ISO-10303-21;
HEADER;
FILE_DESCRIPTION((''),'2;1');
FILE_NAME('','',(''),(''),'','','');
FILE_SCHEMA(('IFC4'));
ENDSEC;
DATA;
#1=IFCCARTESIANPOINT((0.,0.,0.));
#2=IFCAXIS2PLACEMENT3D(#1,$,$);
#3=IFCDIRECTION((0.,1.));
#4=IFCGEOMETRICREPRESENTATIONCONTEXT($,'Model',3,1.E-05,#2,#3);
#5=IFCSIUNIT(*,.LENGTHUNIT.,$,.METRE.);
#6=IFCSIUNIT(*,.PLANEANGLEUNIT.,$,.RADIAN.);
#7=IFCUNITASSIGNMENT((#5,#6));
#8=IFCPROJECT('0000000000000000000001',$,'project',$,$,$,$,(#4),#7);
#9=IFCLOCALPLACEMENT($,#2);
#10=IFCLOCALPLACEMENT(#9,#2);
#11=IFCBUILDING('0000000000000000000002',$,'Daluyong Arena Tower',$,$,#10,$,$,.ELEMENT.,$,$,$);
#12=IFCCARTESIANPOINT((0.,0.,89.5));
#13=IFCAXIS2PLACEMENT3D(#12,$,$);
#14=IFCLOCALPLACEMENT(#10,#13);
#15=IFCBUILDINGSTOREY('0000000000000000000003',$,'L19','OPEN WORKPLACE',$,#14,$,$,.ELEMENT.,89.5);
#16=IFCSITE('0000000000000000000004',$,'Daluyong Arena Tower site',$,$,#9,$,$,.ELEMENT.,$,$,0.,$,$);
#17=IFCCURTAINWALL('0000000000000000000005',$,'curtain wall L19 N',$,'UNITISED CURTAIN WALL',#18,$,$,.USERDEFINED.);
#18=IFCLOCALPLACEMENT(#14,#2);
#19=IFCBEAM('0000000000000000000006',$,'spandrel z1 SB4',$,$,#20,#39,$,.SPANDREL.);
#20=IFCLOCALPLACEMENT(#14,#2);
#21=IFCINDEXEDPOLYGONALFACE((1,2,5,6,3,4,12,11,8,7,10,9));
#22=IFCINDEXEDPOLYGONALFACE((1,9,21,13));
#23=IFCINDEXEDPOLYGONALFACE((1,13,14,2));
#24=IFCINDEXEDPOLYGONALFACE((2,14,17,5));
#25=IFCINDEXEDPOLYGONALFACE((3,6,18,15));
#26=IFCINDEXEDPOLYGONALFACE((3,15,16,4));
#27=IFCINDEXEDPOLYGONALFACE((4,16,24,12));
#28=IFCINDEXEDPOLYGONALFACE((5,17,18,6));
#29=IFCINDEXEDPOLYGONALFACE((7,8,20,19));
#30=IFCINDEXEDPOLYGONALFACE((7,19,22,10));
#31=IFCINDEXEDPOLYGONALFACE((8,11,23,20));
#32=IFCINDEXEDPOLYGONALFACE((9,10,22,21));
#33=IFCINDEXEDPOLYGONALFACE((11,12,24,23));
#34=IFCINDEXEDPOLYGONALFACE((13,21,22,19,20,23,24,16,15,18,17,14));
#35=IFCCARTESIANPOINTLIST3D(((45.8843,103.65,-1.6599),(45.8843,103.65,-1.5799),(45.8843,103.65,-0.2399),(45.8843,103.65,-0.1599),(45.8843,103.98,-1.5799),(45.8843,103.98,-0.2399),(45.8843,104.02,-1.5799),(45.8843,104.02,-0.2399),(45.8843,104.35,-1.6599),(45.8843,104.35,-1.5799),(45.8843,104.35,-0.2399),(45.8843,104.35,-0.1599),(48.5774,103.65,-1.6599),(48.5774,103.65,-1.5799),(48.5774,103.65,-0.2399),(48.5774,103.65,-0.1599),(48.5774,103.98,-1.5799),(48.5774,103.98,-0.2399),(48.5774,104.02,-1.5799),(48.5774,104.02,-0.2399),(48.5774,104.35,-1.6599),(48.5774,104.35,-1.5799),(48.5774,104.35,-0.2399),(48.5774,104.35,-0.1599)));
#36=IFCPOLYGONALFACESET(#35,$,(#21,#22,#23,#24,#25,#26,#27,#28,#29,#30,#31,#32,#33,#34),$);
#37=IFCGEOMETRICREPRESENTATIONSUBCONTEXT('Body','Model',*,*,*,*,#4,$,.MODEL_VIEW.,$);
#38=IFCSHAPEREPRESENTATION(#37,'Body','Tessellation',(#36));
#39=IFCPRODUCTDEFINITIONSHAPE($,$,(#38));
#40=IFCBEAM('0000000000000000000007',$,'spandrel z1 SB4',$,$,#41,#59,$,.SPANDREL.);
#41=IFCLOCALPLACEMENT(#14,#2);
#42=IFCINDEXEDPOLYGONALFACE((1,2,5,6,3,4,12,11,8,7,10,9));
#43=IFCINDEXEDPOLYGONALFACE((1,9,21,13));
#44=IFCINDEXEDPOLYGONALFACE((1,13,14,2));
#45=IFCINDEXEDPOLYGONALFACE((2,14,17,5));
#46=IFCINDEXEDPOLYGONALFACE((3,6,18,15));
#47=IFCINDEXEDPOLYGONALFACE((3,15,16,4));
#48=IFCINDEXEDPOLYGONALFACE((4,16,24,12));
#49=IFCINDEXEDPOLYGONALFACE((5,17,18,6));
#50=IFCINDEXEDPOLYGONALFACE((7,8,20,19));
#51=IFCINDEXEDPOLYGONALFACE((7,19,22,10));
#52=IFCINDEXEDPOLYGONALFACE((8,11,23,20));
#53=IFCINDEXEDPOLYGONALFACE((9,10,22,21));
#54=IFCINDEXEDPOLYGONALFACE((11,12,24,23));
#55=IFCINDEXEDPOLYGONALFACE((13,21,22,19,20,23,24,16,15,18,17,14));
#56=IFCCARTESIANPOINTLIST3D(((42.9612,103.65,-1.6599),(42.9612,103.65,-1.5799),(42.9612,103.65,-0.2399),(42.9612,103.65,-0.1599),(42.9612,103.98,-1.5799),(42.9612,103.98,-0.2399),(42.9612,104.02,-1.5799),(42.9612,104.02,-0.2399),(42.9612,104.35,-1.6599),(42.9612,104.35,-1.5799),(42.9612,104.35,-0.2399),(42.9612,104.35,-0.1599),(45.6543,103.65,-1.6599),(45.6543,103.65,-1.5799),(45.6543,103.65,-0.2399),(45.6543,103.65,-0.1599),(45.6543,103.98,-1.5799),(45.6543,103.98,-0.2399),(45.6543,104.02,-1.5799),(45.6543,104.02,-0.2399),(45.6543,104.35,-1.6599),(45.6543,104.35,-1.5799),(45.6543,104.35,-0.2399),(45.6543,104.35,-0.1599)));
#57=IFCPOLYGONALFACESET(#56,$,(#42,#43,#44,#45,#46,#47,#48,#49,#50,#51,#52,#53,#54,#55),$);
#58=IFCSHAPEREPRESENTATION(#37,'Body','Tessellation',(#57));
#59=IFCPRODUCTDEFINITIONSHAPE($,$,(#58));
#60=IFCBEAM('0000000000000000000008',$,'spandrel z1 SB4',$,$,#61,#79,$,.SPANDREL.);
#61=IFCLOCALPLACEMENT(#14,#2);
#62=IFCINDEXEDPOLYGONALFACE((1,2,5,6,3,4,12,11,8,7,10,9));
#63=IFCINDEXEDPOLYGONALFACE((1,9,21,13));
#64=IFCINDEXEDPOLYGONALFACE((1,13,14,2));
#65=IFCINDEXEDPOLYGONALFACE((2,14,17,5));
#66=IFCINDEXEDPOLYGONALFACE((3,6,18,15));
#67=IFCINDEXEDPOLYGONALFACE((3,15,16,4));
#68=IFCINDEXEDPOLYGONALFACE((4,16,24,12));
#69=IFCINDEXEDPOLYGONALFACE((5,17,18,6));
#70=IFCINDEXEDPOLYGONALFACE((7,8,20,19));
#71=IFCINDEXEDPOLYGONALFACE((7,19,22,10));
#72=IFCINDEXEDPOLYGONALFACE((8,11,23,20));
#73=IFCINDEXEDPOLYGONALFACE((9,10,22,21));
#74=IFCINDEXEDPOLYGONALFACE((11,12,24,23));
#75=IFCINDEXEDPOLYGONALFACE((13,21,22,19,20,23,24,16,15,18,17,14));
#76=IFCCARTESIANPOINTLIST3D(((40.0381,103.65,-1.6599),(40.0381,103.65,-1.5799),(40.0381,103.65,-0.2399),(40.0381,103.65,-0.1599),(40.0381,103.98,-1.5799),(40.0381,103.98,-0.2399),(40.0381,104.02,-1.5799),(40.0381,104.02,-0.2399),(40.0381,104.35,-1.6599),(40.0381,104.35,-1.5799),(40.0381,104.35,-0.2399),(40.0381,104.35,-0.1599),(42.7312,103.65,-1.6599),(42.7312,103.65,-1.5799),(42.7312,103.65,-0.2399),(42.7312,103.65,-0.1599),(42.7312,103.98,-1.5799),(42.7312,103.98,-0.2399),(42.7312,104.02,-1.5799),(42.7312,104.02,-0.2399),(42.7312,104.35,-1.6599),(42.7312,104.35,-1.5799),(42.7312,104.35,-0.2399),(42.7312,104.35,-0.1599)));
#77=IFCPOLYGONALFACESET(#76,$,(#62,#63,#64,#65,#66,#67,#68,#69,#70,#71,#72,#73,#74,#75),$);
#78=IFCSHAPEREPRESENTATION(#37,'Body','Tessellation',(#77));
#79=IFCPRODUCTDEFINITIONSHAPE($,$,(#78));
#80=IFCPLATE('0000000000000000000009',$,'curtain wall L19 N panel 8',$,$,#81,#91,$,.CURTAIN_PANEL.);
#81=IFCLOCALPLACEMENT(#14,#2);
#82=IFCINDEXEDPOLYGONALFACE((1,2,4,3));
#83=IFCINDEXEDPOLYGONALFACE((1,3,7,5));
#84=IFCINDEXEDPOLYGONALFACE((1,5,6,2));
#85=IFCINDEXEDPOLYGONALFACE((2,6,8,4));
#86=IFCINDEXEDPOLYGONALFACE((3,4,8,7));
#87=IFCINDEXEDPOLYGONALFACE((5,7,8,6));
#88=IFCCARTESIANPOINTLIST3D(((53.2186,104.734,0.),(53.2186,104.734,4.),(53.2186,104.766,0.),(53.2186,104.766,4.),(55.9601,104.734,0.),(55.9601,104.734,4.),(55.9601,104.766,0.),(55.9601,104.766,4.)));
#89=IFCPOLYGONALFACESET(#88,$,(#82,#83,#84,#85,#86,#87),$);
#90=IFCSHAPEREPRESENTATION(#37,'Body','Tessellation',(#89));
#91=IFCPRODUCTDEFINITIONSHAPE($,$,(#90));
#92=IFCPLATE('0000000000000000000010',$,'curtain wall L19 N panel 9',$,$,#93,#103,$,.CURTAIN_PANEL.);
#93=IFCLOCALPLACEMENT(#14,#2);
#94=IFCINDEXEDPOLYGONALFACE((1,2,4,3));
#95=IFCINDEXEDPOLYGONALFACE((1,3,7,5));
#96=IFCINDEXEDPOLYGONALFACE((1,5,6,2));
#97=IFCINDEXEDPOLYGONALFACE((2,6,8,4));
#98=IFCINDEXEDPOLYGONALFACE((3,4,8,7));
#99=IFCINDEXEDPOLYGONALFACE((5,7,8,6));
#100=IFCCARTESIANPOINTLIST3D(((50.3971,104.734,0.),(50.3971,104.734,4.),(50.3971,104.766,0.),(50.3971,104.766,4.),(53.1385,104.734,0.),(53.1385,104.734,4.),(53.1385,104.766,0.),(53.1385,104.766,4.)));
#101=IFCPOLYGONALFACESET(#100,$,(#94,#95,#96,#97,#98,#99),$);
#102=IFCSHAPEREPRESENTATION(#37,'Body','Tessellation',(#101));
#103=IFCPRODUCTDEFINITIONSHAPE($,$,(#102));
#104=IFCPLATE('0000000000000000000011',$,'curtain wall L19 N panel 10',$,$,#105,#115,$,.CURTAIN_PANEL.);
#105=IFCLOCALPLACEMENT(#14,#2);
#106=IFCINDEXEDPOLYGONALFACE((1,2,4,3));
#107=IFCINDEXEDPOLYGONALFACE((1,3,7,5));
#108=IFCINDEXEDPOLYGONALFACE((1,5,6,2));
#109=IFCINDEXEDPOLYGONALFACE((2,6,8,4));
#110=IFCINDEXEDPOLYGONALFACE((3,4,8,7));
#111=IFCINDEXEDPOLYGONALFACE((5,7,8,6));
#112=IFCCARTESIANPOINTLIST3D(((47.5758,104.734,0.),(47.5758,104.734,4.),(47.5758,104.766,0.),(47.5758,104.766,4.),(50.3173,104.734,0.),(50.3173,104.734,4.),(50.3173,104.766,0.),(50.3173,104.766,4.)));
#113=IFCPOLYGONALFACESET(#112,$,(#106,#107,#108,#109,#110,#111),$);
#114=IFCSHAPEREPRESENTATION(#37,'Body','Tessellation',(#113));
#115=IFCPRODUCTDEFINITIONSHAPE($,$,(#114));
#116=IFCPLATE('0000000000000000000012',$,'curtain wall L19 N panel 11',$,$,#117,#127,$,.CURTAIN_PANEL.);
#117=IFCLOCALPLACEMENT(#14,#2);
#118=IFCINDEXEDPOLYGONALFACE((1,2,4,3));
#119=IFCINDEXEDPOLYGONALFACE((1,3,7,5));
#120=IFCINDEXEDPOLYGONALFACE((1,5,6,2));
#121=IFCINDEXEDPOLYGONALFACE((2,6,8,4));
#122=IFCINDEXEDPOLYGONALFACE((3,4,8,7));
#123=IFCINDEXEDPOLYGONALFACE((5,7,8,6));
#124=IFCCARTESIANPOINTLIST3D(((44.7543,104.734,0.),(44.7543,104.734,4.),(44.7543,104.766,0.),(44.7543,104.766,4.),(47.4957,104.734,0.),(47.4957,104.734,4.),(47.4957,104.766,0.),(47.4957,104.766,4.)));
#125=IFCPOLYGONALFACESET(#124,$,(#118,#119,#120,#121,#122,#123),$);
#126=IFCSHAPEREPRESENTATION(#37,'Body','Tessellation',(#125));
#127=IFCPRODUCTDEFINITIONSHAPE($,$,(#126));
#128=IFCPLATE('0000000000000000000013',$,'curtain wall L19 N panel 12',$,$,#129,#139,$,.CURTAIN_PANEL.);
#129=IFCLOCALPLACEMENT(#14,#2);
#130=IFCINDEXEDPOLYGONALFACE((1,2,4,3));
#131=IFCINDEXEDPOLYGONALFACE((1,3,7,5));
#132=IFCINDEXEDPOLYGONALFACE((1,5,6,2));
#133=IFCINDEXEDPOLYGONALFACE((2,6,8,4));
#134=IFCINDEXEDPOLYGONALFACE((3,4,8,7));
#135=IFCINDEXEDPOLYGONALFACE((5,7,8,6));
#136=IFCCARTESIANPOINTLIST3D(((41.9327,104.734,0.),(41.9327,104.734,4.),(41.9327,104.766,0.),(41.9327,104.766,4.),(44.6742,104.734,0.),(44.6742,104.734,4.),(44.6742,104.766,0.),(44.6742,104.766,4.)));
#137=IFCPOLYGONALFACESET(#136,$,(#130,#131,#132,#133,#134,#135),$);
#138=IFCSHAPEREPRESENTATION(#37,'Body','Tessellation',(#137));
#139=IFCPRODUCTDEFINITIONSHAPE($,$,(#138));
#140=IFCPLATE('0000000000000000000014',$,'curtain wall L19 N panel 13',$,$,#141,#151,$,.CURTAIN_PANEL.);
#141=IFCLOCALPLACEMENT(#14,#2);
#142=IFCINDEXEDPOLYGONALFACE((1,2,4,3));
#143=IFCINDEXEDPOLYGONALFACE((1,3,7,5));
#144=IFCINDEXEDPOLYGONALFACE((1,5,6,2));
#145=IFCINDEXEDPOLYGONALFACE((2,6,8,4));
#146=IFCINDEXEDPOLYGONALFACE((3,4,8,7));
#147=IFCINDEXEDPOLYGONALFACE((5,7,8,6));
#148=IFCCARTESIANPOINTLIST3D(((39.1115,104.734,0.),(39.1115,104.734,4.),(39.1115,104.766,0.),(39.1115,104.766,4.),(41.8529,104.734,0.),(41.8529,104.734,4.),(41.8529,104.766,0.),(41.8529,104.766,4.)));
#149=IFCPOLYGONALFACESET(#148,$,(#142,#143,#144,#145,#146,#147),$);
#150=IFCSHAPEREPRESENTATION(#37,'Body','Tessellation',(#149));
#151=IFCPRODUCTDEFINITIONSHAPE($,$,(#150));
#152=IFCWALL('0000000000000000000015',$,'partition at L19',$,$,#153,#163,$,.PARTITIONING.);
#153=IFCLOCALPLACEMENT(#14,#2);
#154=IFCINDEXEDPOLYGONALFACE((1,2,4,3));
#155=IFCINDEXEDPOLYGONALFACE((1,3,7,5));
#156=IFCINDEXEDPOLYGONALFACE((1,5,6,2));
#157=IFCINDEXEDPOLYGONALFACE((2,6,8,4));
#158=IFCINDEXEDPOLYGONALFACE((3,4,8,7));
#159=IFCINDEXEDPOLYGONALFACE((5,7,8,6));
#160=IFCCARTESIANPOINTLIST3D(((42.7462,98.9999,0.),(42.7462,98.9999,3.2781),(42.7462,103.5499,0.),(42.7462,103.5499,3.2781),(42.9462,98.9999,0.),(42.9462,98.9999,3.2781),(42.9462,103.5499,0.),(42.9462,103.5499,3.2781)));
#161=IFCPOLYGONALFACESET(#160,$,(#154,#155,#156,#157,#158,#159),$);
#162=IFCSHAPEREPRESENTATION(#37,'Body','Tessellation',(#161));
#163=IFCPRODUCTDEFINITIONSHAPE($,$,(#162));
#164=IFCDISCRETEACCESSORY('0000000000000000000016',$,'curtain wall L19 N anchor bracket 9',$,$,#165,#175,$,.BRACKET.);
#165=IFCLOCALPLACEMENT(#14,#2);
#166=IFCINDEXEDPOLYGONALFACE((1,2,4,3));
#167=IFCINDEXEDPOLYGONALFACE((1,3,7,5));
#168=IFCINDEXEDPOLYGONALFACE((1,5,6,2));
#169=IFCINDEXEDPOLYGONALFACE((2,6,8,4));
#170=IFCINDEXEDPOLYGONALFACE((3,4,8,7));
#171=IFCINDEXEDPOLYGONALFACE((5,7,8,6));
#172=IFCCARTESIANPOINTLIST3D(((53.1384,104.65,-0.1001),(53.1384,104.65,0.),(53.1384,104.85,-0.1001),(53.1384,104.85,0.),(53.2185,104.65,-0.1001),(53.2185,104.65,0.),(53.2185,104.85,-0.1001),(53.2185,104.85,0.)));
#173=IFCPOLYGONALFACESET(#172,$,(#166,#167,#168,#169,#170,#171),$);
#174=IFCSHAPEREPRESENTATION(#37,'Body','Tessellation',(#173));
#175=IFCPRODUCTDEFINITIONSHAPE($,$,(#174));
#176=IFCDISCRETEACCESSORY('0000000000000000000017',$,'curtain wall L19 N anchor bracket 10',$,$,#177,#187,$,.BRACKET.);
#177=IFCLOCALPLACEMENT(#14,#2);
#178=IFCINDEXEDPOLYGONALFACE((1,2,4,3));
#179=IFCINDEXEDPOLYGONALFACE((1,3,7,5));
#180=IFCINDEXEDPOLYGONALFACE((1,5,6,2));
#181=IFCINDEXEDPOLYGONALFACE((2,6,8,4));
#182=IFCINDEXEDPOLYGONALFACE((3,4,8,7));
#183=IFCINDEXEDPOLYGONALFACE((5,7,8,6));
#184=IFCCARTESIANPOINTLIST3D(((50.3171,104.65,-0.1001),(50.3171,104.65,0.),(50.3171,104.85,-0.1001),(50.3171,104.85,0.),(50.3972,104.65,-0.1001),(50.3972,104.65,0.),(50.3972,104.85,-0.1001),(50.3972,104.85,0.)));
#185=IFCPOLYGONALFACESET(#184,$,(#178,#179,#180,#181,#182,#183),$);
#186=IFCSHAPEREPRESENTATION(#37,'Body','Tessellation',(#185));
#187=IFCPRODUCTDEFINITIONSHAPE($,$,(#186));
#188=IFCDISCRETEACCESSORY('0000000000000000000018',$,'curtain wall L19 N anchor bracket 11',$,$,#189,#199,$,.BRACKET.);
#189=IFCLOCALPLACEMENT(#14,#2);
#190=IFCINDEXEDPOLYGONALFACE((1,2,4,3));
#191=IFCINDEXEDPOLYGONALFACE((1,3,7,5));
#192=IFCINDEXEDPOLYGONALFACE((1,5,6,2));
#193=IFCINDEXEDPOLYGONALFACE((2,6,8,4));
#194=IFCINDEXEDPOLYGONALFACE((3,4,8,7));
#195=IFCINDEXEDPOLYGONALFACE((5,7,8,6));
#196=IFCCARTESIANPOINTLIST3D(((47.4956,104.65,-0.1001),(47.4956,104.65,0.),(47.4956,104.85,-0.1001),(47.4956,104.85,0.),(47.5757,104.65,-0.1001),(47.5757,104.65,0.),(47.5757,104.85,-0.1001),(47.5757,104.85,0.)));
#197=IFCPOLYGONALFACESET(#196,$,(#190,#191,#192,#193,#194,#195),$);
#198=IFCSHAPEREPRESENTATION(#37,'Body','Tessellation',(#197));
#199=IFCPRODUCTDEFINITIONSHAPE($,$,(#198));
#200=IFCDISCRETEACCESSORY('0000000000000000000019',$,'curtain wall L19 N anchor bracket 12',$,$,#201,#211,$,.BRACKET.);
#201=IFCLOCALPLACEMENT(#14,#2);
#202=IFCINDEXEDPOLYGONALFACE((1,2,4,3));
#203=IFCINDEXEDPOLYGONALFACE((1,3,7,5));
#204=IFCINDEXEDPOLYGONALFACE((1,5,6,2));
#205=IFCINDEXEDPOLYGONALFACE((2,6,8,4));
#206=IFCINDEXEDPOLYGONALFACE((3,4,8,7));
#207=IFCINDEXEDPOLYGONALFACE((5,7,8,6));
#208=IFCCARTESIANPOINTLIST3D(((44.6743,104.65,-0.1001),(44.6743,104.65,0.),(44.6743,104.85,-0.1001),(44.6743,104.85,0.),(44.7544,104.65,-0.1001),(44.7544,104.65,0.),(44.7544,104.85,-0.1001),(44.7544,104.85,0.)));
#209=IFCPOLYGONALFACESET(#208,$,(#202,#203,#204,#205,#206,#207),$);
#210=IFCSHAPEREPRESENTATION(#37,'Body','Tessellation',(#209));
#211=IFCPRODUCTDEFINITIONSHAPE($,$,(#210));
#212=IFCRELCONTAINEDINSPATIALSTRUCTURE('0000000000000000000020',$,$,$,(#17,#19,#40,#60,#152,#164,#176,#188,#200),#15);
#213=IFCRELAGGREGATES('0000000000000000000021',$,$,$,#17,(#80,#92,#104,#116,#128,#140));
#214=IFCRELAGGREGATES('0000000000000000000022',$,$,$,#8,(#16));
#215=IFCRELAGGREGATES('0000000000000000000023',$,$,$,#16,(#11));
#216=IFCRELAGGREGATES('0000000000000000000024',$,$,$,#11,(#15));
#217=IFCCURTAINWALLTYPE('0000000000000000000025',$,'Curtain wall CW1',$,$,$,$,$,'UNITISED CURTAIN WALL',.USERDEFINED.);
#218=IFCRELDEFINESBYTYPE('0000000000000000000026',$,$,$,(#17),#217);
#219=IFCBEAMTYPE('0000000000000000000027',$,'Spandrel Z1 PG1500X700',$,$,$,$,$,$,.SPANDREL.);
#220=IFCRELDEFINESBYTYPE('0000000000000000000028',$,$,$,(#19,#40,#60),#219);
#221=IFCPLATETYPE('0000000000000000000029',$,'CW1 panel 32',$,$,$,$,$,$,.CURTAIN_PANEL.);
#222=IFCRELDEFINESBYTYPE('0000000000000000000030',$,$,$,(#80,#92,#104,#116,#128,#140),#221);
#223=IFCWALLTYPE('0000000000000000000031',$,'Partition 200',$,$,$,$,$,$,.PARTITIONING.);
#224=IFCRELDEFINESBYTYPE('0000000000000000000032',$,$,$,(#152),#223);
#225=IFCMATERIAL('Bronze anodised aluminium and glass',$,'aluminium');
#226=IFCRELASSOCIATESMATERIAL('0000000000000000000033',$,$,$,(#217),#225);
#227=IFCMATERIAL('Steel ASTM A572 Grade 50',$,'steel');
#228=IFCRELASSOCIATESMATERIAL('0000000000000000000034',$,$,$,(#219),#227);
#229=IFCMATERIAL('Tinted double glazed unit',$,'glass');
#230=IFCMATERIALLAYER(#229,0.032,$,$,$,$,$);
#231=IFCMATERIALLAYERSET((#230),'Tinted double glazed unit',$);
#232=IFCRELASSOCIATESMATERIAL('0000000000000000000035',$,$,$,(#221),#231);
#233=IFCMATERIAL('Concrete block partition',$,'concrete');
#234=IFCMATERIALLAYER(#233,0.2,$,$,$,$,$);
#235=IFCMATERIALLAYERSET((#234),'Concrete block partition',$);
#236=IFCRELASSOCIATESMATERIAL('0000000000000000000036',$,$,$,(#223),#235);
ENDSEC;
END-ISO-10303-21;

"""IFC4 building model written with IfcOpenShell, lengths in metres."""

from ifc_helpers import new_model, si_unit, direction, frame, frame_2d, origin, origin_2d, place, context, subcontext, project, spatial, rectangle, i_section, extrude, material, layer, layer_set, material_profile, profile_set, type_object, element, aggregate, save


model = new_model("IFC4")

# Units and contexts
model_context = context("Model", 3, precision=1e-05, world=origin(), true_north=direction((0.0, 1.0)))
body_context = subcontext(model_context, "Body", "Model", "MODEL_VIEW")
ifc_project = project(units=[si_unit("LENGTHUNIT", "METRE"), si_unit("PLANEANGLEUNIT", "RADIAN")], contexts=[model_context])

# Site, building, storey
site_placement = place(None, origin())
site = spatial("IfcSite", under=ifc_project, at=site_placement, Name="Daluyong Arena Tower site", CompositionType="ELEMENT", RefElevation=0.0)
building_placement = place(site_placement, origin())
building = spatial("IfcBuilding", under=site, at=building_placement, Name="Daluyong Arena Tower", CompositionType="ELEMENT")
storey_placement = place(building_placement, frame((0.0, 0.0, 89.5)))
storey = spatial("IfcBuildingStorey", under=building, at=storey_placement, Name="L19", Description="OPEN WORKPLACE", CompositionType="ELEMENT", Elevation=89.5)

# Curtain wall
ifc_material_1 = material(Name="Bronze anodised aluminium and glass", Category="aluminium")
curtain_wall_type = type_object("IfcCurtainWallType", Name="Curtain wall CW1", ElementType="UNITISED CURTAIN WALL", PredefinedType="USERDEFINED", material=ifc_material_1)
curtain_wall_placement = place(storey_placement, origin())
curtain_wall = element("IfcCurtainWall", 1, at=curtain_wall_placement, inside=storey, type_object=curtain_wall_type, Name="curtain wall L19 N", ObjectType="UNITISED CURTAIN WALL", PredefinedType="USERDEFINED")

# Beams
ifc_material_2 = material(Name="Steel ASTM A572 Grade 50", Category="steel")
ifc_material_profile_1 = material_profile(ifc_material_2, i_section(OverallWidth=0.7, OverallDepth=1.5, WebThickness=0.04, FlangeThickness=0.08, at=origin_2d()))
ifc_profile_set_1 = profile_set([ifc_material_profile_1], Name="Steel ASTM A572 Grade 50")
beam_type_1 = type_object("IfcBeamType", Name="Spandrel Z1 PG1500X700", PredefinedType="SPANDREL", material=ifc_profile_set_1)
for number, where, z_axis, x_axis, name in (
    (2, (48.5774, 104.0, -0.9099), (-1.0, 0.0, 0.0), (0.0, -1.0, 0.0), "spandrel z1 SB4"),
    (3, (45.6543, 104.0, -0.9099), (-1.0, 0.0, 0.0), (0.0, -1.0, 0.0), "spandrel z1 SB4"),
    (4, (42.7312, 104.0, -0.9099), (-1.0, 0.0, 0.0), (0.0, -1.0, 0.0), "spandrel z1 SB4"),
):
    element("IfcBeam", number, at=place(storey_placement, frame(where, z_axis=z_axis, x_axis=x_axis)), inside=storey, type_object=beam_type_1, Name=name, PredefinedType="SPANDREL", context=body_context, shape_type="SweptSolid", body=[
        extrude(i_section(OverallWidth=0.7, OverallDepth=1.5, WebThickness=0.04, FlangeThickness=0.08, at=origin_2d()), origin(), (0.0, 0.0, 1.0), 2.6931),
    ])

# Plates
ifc_material_3 = material(Name="Tinted double glazed unit", Category="glass")
ifc_layer_1 = layer(ifc_material_3, 0.032)
ifc_layer_set_1 = layer_set([ifc_layer_1], Name="Tinted double glazed unit")
plate_type = type_object("IfcPlateType", Name="CW1 panel 32", PredefinedType="CURTAIN_PANEL", material=ifc_layer_set_1)
plate_1_placement = place(storey_placement, frame((54.5894, 104.75, 0.0), z_axis=(0.0, 0.0, 1.0), x_axis=(-1.0, 0.0, 0.0)))
plate_1 = element("IfcPlate", 5, at=plate_1_placement, type_object=plate_type, Name="curtain wall L19 N panel 8", PredefinedType="CURTAIN_PANEL", context=body_context, shape_type="SweptSolid", body=[
    extrude(rectangle(XDim=2.7415, YDim=0.032, at=origin_2d()), origin(), (0.0, 0.0, 1.0), 4.0),
])
plate_2_placement = place(storey_placement, frame((51.7678, 104.75, 0.0), z_axis=(0.0, 0.0, 1.0), x_axis=(-1.0, 0.0, 0.0)))
plate_2 = element("IfcPlate", 6, at=plate_2_placement, type_object=plate_type, Name="curtain wall L19 N panel 9", PredefinedType="CURTAIN_PANEL", context=body_context, shape_type="SweptSolid", body=[
    extrude(rectangle(XDim=2.7415, YDim=0.032, at=origin_2d()), origin(), (0.0, 0.0, 1.0), 4.0),
])
plate_3_placement = place(storey_placement, frame((48.9465, 104.75, 0.0), z_axis=(0.0, 0.0, 1.0), x_axis=(-1.0, 0.0, 0.0)))
plate_3 = element("IfcPlate", 7, at=plate_3_placement, type_object=plate_type, Name="curtain wall L19 N panel 10", PredefinedType="CURTAIN_PANEL", context=body_context, shape_type="SweptSolid", body=[
    extrude(rectangle(XDim=2.7415, YDim=0.032, at=origin_2d()), origin(), (0.0, 0.0, 1.0), 4.0),
])
plate_4_placement = place(storey_placement, frame((46.125, 104.75, 0.0), z_axis=(0.0, 0.0, 1.0), x_axis=(-1.0, 0.0, 0.0)))
plate_4 = element("IfcPlate", 8, at=plate_4_placement, type_object=plate_type, Name="curtain wall L19 N panel 11", PredefinedType="CURTAIN_PANEL", context=body_context, shape_type="SweptSolid", body=[
    extrude(rectangle(XDim=2.7415, YDim=0.032, at=origin_2d()), origin(), (0.0, 0.0, 1.0), 4.0),
])
plate_5_placement = place(storey_placement, frame((43.3035, 104.75, 0.0), z_axis=(0.0, 0.0, 1.0), x_axis=(-1.0, 0.0, 0.0)))
plate_5 = element("IfcPlate", 9, at=plate_5_placement, type_object=plate_type, Name="curtain wall L19 N panel 12", PredefinedType="CURTAIN_PANEL", context=body_context, shape_type="SweptSolid", body=[
    extrude(rectangle(XDim=2.7415, YDim=0.032, at=origin_2d()), origin(), (0.0, 0.0, 1.0), 4.0),
])
plate_6_placement = place(storey_placement, frame((40.4822, 104.75, 0.0), z_axis=(0.0, 0.0, 1.0), x_axis=(-1.0, 0.0, 0.0)))
plate_6 = element("IfcPlate", 10, at=plate_6_placement, type_object=plate_type, Name="curtain wall L19 N panel 13", PredefinedType="CURTAIN_PANEL", context=body_context, shape_type="SweptSolid", body=[
    extrude(rectangle(XDim=2.7415, YDim=0.032, at=origin_2d()), origin(), (0.0, 0.0, 1.0), 4.0),
])
aggregate(curtain_wall, [plate_1, plate_2, plate_3, plate_4, plate_5, plate_6])

# Wall
ifc_material_4 = material(Name="Concrete block partition", Category="concrete")
ifc_layer_2 = layer(ifc_material_4, 0.2)
ifc_layer_set_2 = layer_set([ifc_layer_2], Name="Concrete block partition")
wall_type = type_object("IfcWallType", Name="Partition 200", PredefinedType="PARTITIONING", material=ifc_layer_set_2)
wall_placement = place(storey_placement, frame((42.8462, 99.0, 0.0), z_axis=(0.0, 0.0, 1.0), x_axis=(0.0, 1.0, 0.0)))
element("IfcWall", 11, at=wall_placement, inside=storey, type_object=wall_type, Name="partition at L19", PredefinedType="PARTITIONING", context=body_context, shape_type="SweptSolid", body=[
    extrude(rectangle(XDim=4.55, YDim=0.2, at=frame_2d((2.2749, 0.0))), origin(), (0.0, 0.0, 1.0), 3.2781),
])

# Discrete accessories
for number, where, z_axis, x_axis, name in (
    (12, (53.1785, 104.75, -0.1001), (0.0, 0.0, 1.0), (-1.0, 0.0, 0.0), "curtain wall L19 N anchor bracket 9"),
    (13, (50.3572, 104.75, -0.1001), (0.0, 0.0, 1.0), (-1.0, 0.0, 0.0), "curtain wall L19 N anchor bracket 10"),
    (14, (47.5356, 104.75, -0.1001), (0.0, 0.0, 1.0), (-1.0, 0.0, 0.0), "curtain wall L19 N anchor bracket 11"),
    (15, (44.7144, 104.75, -0.1001), (0.0, 0.0, 1.0), (-1.0, 0.0, 0.0), "curtain wall L19 N anchor bracket 12"),
):
    element("IfcDiscreteAccessory", number, at=place(storey_placement, frame(where, z_axis=z_axis, x_axis=x_axis)), inside=storey, Name=name, PredefinedType="BRACKET", context=body_context, shape_type="SweptSolid", body=[
        extrude(rectangle(XDim=0.0801, YDim=0.2, at=origin_2d()), origin(), (0.0, 0.0, 1.0), 0.1001),
    ])

save(model, "model.ifc")
